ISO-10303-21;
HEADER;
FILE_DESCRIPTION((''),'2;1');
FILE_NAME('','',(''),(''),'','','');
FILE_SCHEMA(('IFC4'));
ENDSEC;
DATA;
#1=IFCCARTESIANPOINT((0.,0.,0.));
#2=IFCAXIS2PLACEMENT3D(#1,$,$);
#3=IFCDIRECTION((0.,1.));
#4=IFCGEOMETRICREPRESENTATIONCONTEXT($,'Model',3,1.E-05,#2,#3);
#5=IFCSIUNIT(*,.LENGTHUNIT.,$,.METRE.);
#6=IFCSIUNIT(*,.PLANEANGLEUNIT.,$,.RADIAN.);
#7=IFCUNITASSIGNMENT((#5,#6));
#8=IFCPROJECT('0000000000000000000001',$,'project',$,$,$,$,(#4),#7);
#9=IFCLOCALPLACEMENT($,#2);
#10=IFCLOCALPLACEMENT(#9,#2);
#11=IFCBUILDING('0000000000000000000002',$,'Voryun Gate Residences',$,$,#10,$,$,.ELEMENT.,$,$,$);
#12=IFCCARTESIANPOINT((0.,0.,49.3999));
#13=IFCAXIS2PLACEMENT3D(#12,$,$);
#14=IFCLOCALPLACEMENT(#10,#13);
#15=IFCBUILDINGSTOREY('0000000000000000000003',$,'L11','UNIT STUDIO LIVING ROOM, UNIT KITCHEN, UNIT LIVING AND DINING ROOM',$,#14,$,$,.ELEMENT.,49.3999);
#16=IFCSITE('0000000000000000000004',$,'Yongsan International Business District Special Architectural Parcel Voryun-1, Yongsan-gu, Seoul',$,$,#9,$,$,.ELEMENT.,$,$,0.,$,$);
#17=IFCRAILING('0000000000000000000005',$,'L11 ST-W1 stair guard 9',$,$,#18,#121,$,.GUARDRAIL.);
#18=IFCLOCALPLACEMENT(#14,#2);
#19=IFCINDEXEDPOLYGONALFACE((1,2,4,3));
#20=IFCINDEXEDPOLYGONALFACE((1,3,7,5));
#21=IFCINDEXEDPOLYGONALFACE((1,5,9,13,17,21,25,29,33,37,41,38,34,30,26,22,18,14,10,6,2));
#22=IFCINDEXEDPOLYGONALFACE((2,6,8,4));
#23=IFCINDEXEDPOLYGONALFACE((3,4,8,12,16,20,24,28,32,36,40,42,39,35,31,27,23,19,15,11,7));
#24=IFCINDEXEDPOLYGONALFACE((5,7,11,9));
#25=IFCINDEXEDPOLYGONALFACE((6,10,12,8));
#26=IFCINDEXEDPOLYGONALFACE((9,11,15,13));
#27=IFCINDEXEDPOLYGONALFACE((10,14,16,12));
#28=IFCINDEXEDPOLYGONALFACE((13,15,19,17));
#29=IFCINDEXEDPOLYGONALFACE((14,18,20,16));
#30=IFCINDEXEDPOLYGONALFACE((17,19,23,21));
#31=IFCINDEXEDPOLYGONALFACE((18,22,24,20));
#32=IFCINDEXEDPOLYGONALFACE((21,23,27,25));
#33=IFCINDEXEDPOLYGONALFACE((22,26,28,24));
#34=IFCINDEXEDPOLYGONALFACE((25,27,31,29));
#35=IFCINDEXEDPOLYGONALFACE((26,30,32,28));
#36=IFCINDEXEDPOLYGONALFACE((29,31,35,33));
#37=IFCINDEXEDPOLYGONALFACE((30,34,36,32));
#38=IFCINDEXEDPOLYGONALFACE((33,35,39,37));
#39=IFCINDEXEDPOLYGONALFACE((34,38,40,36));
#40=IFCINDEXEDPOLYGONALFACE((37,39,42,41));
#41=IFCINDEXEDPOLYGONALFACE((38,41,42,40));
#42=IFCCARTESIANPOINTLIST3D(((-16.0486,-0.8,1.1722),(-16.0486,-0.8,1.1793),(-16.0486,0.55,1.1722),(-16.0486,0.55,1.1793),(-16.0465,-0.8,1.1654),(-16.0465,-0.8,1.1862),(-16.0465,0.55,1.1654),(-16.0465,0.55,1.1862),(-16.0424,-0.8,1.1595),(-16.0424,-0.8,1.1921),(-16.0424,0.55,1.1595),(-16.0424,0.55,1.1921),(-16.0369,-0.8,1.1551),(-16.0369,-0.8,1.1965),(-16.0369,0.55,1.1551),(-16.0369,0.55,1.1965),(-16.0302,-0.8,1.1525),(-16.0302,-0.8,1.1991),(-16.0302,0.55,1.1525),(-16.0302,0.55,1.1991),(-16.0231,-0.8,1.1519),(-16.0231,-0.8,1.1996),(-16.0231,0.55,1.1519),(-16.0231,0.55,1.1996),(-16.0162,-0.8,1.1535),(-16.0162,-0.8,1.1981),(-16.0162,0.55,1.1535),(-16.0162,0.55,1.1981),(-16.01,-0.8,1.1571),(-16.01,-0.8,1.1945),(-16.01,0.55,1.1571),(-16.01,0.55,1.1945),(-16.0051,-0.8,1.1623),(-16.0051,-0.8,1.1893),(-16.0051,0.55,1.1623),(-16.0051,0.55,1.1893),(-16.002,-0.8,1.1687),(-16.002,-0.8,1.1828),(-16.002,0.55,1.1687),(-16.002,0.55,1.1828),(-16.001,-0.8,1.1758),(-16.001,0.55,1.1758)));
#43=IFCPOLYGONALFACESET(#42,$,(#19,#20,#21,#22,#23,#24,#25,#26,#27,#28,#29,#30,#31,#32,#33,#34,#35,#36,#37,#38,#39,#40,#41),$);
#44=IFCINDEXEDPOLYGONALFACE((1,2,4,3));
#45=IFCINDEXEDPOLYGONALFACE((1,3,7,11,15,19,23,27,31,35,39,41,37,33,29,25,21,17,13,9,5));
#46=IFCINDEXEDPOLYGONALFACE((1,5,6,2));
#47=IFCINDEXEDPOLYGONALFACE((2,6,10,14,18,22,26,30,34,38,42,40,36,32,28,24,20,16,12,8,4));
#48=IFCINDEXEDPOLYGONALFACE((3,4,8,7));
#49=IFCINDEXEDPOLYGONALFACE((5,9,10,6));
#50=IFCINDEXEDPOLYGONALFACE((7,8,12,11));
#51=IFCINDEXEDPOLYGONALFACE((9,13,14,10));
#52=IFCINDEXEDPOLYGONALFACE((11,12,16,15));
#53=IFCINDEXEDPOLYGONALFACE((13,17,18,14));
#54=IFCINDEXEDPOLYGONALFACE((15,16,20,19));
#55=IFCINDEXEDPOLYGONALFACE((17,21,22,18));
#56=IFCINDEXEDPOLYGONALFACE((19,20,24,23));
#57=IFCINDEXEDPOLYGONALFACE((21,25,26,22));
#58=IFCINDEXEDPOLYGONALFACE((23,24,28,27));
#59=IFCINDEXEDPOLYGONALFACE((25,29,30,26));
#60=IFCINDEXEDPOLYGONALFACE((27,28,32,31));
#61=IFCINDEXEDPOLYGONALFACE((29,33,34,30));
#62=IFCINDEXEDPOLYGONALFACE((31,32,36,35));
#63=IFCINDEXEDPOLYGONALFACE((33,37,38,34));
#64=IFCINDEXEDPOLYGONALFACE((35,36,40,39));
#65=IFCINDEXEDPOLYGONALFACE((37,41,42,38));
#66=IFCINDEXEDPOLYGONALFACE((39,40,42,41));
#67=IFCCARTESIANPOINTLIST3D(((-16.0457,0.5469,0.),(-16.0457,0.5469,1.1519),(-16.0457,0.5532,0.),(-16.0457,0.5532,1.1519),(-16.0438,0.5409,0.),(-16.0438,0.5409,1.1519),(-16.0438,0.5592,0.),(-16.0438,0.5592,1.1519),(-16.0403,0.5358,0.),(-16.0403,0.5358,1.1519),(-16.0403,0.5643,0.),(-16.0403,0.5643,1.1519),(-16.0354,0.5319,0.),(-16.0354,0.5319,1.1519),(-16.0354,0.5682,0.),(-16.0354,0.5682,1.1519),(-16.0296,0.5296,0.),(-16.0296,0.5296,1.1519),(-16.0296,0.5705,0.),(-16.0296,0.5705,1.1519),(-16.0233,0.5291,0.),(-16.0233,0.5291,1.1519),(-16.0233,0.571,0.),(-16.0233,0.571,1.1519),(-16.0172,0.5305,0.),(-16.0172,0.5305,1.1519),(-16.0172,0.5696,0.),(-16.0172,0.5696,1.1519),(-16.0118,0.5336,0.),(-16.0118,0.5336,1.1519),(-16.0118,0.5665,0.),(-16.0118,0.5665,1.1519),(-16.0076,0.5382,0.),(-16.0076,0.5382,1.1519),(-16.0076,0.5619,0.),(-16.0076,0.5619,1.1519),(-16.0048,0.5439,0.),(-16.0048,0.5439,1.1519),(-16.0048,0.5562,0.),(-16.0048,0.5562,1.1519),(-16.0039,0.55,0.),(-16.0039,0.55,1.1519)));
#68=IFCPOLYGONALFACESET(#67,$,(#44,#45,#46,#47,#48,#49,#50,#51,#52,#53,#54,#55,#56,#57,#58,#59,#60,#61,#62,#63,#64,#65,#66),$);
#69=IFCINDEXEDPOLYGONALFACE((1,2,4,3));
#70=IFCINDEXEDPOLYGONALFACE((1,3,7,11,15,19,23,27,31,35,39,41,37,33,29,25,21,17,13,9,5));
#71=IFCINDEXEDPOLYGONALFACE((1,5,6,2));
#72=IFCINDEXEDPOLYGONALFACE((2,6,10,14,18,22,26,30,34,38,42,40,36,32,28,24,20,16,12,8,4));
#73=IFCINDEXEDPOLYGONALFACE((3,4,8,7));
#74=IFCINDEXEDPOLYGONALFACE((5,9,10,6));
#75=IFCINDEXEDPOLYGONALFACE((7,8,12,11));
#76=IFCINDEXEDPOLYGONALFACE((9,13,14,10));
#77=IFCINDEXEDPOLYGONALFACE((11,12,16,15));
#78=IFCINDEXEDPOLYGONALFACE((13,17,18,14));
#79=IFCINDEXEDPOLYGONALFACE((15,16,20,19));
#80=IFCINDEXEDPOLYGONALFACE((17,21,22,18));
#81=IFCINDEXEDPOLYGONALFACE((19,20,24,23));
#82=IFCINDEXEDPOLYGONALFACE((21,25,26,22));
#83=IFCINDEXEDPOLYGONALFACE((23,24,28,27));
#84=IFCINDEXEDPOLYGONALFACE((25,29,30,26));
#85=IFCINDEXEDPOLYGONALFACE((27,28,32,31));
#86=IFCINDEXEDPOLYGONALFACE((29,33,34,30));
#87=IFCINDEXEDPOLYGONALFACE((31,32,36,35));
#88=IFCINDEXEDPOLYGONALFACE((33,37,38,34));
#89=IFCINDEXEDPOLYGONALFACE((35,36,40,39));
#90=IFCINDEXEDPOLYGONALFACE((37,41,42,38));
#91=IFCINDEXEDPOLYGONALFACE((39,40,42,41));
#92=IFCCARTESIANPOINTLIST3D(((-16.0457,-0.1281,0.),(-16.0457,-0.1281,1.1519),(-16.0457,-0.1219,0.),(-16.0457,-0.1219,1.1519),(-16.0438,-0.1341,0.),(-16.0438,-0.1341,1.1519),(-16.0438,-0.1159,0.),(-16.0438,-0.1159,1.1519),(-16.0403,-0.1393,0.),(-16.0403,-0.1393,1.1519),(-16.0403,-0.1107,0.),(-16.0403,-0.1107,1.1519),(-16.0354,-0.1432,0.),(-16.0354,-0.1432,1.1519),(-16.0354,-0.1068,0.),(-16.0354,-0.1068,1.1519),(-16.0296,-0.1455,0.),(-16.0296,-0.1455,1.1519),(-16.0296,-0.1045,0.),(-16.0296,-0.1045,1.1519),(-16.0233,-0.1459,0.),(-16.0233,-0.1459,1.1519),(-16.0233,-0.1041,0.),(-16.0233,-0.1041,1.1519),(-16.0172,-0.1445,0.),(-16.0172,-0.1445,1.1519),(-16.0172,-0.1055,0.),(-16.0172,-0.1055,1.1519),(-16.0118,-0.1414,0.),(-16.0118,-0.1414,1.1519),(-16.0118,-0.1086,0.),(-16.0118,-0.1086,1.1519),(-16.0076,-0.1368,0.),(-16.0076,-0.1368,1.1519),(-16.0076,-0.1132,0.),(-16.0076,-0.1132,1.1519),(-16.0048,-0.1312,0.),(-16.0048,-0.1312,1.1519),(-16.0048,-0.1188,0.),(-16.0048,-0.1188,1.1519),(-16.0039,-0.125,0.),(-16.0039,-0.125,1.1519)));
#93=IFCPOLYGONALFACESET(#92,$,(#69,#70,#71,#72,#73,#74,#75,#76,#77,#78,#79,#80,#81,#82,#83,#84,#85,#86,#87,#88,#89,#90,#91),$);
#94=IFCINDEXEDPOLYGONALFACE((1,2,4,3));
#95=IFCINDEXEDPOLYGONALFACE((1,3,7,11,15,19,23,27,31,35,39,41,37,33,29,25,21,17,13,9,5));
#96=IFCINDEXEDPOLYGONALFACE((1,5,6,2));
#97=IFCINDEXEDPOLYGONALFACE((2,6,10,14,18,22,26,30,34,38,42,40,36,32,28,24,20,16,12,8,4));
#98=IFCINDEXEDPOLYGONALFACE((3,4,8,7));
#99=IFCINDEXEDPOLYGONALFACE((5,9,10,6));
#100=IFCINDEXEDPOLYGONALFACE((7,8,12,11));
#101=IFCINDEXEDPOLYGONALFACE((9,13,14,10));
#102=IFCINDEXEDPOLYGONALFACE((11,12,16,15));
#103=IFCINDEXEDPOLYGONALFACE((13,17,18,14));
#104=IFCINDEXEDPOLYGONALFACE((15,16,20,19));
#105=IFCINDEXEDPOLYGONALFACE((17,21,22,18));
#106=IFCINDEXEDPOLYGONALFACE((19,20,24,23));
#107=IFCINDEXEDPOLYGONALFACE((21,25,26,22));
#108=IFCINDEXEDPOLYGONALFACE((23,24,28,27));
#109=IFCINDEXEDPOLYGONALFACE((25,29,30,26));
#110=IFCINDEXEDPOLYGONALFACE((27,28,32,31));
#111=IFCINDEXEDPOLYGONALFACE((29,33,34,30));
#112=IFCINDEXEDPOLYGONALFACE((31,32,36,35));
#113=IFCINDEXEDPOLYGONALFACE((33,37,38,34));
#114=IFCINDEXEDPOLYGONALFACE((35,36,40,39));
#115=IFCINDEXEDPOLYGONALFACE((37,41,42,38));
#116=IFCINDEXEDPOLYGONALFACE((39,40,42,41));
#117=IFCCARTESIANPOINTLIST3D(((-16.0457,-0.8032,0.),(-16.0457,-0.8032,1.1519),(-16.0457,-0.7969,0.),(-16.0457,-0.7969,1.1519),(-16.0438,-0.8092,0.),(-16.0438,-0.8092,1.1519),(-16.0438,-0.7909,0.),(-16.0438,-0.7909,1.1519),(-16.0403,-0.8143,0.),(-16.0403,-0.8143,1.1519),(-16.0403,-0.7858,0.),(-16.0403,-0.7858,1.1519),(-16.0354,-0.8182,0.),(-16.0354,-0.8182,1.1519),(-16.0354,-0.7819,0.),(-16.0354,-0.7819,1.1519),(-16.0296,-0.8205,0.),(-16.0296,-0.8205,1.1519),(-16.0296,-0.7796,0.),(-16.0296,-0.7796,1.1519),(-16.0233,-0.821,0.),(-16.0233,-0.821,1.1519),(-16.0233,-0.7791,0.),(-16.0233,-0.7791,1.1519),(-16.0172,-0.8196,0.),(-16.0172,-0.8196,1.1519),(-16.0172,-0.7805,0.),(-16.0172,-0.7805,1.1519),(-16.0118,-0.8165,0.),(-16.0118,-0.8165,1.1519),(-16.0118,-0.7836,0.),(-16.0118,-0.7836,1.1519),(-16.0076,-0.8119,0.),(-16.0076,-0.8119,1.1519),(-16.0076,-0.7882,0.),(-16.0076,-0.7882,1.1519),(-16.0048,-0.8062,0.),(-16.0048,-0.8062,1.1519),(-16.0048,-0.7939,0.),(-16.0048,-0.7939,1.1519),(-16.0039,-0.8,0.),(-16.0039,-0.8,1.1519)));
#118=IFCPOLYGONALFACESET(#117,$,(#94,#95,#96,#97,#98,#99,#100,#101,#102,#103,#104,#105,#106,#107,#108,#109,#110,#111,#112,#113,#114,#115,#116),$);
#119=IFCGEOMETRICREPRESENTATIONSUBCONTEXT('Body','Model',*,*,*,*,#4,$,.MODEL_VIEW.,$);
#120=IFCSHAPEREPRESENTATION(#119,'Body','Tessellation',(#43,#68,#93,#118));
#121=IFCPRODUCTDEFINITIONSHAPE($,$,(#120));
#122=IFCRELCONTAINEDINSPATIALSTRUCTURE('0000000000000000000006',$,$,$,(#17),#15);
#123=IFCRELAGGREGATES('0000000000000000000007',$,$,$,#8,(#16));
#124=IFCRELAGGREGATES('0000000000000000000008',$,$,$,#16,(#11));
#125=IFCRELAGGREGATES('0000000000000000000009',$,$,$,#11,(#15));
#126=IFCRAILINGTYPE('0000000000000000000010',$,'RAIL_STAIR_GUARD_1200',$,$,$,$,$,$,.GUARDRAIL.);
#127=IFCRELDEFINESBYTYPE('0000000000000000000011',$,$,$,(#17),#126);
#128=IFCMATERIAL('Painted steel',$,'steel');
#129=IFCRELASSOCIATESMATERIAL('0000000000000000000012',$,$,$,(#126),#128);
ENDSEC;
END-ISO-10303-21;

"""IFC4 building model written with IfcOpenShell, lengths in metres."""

from ifc_helpers import new_model, si_unit, direction, frame, origin, origin_2d, place, context, subcontext, project, spatial, circle, extrude, material, type_object, element, save


model = new_model("IFC4")

# Units and contexts
model_context = context("Model", 3, precision=1e-05, world=origin(), true_north=direction((0.0, 1.0)))
body_context = subcontext(model_context, "Body", "Model", "MODEL_VIEW")
ifc_project = project(units=[si_unit("LENGTHUNIT", "METRE"), si_unit("PLANEANGLEUNIT", "RADIAN")], contexts=[model_context])

# Site, building, storey
site_placement = place(None, origin())
site = spatial("IfcSite", under=ifc_project, at=site_placement, Name="Yongsan International Business District Special Architectural Parcel Voryun-1, Yongsan-gu, Seoul", CompositionType="ELEMENT", RefElevation=0.0)
building_placement = place(site_placement, origin())
building = spatial("IfcBuilding", under=site, at=building_placement, Name="Voryun Gate Residences", CompositionType="ELEMENT")
storey_placement = place(building_placement, frame((0.0, 0.0, 49.3999)))
storey = spatial("IfcBuildingStorey", under=building, at=storey_placement, Name="L11", Description="UNIT STUDIO LIVING ROOM, UNIT KITCHEN, UNIT LIVING AND DINING ROOM", CompositionType="ELEMENT", Elevation=49.3999)

# Railing
ifc_material_1 = material(Name="Painted steel", Category="steel")
railing_type = type_object("IfcRailingType", Name="RAIL_STAIR_GUARD_1200", PredefinedType="GUARDRAIL", material=ifc_material_1)
for number, where, name in (
    (1, (-16.0249, 0.55, 0.0), "L11 ST-W1 stair guard 9"),
):
    element("IfcRailing", number, at=place(storey_placement, frame(where)), inside=storey, type_object=railing_type, Name=name, PredefinedType="GUARDRAIL", context=body_context, shape_type="SweptSolid", body=[
        extrude(circle(Radius=0.0239, at=origin_2d()), frame((0.0, 0.0, 1.1758), z_axis=(0.0, -1.0, 0.0), x_axis=(1.0, 0.0, 0.0)), (0.0, 0.0, 1.0), 1.3501),
        extrude(circle(Radius=0.021, at=origin_2d()), origin(), (0.0, 0.0, 1.0), 1.1519),
        extrude(circle(Radius=0.021, at=origin_2d()), frame((0.0, -0.675, 0.0)), (0.0, 0.0, 1.0), 1.1519),
        extrude(circle(Radius=0.021, at=origin_2d()), frame((0.0, -1.3501, 0.0)), (0.0, 0.0, 1.0), 1.1519),
    ])

save(model, "model.ifc")
